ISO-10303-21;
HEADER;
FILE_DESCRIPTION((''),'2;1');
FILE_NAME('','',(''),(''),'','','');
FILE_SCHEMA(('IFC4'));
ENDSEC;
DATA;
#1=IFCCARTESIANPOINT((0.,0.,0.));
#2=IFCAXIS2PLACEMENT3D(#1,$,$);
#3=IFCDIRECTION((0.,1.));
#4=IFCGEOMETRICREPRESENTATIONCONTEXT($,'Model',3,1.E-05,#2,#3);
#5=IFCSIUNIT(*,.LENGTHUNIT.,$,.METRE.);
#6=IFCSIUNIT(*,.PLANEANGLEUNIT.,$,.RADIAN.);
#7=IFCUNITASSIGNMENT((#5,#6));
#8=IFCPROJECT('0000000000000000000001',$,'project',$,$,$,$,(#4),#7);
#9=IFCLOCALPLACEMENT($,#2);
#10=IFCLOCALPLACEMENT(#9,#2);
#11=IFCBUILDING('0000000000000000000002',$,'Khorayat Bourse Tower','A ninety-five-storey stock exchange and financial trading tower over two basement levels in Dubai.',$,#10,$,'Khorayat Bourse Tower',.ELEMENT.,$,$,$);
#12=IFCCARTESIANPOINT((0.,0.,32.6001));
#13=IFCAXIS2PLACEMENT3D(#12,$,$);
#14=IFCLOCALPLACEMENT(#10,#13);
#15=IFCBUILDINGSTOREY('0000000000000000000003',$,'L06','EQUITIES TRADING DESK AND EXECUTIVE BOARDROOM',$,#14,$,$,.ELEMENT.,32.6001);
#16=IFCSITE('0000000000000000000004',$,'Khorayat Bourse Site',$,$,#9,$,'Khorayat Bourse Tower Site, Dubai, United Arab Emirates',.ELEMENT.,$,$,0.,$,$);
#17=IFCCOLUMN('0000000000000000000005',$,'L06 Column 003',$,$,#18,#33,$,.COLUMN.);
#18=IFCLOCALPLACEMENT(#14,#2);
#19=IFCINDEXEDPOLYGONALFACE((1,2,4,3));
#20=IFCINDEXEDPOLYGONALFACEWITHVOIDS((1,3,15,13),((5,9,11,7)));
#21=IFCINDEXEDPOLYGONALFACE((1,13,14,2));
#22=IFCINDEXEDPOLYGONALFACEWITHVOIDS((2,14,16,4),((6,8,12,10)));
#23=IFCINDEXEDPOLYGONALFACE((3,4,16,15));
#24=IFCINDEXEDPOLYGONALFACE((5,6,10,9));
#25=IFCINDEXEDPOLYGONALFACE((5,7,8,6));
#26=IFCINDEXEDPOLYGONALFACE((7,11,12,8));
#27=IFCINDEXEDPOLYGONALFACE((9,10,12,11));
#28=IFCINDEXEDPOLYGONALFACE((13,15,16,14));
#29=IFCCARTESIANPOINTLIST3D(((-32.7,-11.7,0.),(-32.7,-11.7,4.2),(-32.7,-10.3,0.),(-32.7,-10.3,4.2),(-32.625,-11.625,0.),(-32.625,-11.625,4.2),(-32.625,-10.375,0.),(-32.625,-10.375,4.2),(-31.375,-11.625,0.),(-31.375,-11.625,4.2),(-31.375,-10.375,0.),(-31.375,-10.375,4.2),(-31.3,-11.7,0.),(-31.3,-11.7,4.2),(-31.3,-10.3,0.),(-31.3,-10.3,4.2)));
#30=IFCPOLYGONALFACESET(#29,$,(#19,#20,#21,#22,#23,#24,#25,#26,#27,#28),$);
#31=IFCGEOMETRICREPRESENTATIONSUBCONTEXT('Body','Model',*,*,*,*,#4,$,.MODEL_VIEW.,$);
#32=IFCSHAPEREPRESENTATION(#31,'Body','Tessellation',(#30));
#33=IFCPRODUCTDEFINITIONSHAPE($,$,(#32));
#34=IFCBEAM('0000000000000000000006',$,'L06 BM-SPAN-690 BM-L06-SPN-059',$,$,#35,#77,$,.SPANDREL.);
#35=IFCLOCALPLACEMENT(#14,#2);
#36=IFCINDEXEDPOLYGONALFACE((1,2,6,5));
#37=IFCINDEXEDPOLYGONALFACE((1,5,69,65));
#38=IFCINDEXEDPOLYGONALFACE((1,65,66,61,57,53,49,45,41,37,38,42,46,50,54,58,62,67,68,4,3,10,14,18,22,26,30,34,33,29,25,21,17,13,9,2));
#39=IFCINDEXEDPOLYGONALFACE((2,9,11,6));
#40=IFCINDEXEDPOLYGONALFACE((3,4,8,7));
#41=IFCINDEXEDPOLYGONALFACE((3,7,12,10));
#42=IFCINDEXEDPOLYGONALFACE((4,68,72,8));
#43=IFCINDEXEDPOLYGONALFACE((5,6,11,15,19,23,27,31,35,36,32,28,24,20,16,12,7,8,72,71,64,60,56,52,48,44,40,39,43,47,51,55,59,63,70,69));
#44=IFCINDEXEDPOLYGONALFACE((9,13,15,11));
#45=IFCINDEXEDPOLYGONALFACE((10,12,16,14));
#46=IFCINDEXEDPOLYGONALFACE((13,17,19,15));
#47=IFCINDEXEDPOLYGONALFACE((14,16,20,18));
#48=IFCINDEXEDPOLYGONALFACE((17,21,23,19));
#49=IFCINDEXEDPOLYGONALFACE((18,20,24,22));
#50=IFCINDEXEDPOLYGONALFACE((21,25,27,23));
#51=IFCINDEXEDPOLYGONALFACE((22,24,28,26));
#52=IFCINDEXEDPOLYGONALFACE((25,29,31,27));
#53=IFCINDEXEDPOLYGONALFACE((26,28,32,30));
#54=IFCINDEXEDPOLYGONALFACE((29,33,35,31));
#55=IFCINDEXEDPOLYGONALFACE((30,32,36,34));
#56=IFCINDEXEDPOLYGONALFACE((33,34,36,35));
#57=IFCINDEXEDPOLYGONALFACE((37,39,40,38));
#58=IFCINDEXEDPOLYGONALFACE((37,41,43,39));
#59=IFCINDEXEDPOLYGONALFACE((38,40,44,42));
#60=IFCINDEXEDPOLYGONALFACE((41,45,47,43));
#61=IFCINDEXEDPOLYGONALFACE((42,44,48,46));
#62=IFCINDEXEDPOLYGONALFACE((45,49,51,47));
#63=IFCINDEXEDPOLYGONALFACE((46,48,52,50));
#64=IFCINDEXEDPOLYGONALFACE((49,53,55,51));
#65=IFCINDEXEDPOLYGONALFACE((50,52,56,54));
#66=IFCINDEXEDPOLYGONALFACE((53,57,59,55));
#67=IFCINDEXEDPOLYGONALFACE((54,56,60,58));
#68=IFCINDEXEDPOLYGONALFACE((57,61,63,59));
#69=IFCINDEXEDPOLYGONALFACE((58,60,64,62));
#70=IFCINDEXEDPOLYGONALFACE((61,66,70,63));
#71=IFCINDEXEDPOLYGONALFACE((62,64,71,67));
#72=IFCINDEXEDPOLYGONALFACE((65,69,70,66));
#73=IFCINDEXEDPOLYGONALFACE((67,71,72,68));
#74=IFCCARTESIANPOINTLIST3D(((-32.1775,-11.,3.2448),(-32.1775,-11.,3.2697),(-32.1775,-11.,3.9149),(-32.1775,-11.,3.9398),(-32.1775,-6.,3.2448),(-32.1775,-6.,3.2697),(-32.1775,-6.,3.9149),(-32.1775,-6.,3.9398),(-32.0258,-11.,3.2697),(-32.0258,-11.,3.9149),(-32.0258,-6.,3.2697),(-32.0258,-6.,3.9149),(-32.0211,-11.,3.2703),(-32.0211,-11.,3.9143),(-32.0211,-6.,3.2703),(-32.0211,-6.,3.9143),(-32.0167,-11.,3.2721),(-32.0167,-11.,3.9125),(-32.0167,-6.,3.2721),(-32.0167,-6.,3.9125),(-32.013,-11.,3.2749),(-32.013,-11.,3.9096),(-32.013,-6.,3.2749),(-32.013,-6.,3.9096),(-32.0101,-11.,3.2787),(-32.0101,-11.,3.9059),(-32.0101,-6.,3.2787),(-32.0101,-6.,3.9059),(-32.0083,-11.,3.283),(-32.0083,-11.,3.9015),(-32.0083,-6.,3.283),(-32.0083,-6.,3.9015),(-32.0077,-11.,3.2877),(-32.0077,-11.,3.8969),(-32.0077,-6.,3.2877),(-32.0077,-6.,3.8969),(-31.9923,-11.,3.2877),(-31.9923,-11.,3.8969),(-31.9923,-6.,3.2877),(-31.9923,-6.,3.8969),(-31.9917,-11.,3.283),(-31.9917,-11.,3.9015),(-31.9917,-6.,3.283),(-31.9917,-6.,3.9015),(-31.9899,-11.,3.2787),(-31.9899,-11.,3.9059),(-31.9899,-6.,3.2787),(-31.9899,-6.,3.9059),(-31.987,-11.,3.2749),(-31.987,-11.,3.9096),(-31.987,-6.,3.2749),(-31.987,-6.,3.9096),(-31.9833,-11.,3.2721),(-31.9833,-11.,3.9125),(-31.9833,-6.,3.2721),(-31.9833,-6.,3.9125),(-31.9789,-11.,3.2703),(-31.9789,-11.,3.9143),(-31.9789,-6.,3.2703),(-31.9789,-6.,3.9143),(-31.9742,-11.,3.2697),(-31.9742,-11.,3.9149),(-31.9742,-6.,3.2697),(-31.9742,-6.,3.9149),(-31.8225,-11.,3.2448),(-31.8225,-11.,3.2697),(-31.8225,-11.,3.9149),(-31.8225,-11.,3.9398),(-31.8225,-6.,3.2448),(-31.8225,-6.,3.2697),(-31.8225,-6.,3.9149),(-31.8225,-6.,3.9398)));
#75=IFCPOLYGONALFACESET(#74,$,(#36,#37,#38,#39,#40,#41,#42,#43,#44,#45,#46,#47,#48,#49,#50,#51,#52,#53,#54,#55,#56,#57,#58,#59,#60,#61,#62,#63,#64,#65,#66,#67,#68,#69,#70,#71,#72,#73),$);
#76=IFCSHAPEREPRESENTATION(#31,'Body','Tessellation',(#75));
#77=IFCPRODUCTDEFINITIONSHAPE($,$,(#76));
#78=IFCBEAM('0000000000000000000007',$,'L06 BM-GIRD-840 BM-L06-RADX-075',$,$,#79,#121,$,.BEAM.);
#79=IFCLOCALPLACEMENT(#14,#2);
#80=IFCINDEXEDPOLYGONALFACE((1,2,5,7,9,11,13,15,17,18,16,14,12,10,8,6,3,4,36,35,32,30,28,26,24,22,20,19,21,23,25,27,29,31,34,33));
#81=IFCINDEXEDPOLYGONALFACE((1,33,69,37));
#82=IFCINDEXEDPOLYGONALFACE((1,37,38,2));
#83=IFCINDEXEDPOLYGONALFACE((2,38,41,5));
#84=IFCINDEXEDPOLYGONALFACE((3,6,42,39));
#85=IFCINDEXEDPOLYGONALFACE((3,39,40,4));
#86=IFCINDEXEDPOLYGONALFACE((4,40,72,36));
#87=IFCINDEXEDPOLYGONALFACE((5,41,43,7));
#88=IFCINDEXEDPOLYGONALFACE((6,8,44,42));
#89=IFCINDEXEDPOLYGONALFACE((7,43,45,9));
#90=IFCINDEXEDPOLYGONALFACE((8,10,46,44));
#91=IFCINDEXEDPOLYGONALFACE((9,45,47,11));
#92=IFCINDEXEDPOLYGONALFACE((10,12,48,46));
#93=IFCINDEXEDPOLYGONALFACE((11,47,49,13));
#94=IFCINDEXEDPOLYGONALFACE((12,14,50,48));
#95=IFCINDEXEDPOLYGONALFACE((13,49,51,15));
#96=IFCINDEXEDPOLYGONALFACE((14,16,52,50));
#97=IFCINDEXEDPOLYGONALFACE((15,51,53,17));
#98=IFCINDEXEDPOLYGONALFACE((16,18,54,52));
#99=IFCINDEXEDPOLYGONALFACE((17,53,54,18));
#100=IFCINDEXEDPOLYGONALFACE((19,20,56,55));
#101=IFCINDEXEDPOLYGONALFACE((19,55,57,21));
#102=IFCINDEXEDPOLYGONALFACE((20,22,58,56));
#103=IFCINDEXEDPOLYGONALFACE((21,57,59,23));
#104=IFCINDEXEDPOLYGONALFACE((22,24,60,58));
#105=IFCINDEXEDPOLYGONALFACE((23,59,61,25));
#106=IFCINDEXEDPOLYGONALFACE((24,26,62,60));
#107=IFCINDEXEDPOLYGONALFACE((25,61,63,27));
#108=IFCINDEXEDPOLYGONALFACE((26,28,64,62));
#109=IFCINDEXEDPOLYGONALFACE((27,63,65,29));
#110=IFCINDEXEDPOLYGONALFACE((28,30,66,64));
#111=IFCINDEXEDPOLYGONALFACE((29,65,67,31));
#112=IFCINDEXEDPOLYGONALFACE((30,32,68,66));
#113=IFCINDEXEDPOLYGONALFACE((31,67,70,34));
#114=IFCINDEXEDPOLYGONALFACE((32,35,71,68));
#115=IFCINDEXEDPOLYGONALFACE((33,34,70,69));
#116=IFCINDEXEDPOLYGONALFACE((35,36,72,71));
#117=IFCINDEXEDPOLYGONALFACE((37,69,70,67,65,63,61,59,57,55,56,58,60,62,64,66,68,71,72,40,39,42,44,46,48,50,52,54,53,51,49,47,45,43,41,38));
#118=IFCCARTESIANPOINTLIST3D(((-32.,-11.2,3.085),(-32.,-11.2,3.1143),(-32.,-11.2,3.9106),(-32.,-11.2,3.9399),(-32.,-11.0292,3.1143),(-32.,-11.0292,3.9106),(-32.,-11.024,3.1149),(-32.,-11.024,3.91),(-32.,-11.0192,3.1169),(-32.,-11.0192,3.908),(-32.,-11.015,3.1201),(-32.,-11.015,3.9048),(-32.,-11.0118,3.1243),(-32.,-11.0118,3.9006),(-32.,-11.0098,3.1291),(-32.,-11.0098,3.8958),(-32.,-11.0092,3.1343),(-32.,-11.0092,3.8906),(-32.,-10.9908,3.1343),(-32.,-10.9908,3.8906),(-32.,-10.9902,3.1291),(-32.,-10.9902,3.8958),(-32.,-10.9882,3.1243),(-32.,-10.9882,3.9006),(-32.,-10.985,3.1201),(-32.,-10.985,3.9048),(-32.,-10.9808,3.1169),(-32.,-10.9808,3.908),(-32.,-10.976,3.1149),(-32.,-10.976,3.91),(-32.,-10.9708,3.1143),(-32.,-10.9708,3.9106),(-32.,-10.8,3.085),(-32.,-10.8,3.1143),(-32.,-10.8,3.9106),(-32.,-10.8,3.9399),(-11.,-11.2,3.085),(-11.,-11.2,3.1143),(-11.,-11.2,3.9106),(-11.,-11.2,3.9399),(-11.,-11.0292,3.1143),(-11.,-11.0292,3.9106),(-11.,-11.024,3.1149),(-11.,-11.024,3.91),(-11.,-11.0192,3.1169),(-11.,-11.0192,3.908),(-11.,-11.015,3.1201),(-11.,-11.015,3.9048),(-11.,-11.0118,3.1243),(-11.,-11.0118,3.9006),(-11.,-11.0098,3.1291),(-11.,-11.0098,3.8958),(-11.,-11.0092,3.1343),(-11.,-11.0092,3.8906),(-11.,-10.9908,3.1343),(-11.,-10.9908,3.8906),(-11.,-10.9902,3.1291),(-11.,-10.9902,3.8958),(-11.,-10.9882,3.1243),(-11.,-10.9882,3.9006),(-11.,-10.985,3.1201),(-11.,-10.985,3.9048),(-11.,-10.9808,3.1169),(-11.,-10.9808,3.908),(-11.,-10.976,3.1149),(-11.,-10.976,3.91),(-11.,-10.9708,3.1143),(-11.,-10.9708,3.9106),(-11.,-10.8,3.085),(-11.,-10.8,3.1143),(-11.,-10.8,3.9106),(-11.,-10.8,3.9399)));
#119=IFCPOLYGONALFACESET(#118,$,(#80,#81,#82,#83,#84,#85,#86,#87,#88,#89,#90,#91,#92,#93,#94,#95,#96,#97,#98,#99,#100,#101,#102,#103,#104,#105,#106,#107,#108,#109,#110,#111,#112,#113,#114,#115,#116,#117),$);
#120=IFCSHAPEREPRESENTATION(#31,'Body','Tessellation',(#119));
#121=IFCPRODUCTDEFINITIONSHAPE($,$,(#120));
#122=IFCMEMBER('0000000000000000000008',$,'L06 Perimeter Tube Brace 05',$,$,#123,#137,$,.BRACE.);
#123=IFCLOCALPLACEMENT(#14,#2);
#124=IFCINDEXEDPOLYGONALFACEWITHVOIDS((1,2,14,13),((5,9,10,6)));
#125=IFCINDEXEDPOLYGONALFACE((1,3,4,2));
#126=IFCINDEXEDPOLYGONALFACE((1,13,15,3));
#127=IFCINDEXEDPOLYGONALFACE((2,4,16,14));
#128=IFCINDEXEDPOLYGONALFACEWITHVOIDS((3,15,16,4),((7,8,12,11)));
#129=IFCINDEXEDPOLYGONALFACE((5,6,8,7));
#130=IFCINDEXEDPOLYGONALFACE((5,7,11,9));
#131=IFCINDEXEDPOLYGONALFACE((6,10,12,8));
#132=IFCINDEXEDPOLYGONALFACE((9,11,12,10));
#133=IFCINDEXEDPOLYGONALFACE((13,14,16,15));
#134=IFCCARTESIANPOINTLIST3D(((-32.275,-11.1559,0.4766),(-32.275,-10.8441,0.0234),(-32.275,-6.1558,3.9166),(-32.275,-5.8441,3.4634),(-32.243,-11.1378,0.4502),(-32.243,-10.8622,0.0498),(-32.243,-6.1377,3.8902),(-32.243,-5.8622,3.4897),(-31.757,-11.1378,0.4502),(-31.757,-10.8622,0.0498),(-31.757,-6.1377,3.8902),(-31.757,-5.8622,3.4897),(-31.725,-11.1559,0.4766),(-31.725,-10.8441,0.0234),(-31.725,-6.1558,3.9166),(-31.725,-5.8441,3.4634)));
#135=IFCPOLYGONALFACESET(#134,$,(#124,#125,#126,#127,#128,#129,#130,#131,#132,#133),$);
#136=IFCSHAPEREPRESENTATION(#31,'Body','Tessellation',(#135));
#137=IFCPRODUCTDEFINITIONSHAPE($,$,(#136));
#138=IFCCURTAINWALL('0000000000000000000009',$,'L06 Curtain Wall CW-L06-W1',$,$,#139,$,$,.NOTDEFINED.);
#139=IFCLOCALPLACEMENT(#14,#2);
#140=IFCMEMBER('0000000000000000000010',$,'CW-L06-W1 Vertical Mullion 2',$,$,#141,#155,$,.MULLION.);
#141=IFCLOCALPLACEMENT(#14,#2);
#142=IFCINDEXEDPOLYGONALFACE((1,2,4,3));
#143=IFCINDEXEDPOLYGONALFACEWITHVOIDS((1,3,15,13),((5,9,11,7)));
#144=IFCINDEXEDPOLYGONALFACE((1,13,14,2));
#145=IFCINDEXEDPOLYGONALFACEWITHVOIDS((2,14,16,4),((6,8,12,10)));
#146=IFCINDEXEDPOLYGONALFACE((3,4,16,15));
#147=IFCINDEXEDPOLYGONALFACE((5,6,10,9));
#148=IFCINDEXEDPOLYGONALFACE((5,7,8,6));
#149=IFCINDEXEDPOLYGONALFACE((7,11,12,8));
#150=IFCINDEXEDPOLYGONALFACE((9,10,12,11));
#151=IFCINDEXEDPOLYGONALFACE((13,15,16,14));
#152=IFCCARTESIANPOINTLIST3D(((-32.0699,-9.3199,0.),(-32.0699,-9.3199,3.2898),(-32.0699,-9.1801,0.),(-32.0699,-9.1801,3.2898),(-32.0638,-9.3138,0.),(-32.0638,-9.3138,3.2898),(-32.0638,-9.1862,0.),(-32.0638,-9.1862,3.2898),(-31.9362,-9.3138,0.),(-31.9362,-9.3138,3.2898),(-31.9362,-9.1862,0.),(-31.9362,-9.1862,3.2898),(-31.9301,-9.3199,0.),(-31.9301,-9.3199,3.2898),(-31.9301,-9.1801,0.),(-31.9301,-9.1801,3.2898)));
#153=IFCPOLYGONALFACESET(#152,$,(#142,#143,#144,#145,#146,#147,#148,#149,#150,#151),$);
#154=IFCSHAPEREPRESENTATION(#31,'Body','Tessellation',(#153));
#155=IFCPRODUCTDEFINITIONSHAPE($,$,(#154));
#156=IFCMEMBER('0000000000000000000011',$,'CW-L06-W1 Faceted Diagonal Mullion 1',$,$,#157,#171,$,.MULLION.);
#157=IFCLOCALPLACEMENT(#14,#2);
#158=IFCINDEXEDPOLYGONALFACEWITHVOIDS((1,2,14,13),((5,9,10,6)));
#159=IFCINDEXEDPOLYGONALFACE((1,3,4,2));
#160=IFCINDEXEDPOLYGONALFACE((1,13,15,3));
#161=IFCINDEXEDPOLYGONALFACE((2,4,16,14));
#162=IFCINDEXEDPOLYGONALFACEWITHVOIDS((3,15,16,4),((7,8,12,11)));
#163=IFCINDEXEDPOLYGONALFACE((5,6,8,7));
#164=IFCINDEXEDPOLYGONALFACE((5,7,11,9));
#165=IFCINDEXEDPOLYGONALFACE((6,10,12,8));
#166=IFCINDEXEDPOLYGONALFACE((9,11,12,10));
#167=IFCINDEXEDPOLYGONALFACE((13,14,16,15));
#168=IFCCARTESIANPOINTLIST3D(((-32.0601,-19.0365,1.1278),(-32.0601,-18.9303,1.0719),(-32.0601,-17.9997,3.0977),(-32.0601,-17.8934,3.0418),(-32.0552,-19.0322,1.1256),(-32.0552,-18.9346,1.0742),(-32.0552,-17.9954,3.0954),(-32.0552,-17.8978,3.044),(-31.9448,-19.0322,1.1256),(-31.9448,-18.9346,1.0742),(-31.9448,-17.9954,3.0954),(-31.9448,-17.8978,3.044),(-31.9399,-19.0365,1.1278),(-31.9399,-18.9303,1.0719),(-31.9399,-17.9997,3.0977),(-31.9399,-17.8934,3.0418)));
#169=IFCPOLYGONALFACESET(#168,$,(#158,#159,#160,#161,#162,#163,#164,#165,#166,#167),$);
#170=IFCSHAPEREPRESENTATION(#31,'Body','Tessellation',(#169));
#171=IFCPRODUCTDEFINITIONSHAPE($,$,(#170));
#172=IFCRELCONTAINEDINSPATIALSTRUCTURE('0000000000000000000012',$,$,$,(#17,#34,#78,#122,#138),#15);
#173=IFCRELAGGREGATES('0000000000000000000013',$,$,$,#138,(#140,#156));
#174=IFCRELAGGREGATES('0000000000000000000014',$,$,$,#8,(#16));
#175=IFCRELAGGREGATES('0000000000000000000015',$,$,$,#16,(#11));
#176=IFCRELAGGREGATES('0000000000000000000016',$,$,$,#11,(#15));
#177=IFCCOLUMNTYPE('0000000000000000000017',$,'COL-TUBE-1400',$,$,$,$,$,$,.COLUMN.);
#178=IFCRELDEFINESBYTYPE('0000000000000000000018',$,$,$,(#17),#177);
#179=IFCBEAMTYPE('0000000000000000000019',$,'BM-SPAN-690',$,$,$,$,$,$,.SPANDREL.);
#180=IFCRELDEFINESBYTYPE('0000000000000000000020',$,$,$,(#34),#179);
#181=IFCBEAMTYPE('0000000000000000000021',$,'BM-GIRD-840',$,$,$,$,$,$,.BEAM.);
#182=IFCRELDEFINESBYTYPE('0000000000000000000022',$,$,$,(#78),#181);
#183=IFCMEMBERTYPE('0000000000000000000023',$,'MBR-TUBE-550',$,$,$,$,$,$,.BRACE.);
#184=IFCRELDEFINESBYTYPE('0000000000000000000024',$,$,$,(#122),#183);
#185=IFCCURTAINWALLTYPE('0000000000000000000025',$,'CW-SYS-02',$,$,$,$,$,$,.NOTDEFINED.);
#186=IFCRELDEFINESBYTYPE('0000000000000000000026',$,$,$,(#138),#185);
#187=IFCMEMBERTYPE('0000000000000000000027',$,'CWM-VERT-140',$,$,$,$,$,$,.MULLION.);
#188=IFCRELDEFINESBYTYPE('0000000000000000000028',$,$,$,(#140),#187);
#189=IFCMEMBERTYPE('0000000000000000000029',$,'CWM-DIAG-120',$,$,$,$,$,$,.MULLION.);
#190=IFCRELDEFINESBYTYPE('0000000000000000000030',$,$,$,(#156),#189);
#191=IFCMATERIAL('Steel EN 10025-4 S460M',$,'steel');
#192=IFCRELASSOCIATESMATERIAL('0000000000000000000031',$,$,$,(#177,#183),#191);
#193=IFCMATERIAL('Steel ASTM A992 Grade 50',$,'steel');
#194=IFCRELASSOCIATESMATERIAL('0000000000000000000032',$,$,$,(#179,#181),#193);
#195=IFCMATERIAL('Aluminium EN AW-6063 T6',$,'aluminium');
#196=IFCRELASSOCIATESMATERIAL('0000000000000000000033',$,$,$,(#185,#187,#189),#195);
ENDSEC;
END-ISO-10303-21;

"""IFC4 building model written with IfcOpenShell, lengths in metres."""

from ifc_helpers import new_model, si_unit, direction, frame, origin, origin_2d, place, context, subcontext, project, spatial, hollow_rectangle, i_section, extrude, source, transform, mapped, material, material_profile, profile_set, type_object, element, aggregate, save


model = new_model("IFC4")

# Units and contexts
model_context = context("Model", 3, precision=1e-05, world=origin(), true_north=direction((0.0, 1.0)))
body_context = subcontext(model_context, "Body", "Model", "MODEL_VIEW")
ifc_project = project(units=[si_unit("LENGTHUNIT", "METRE"), si_unit("PLANEANGLEUNIT", "RADIAN")], contexts=[model_context])

# Site, building, storey
site_placement = place(None, origin())
site = spatial("IfcSite", under=ifc_project, at=site_placement, Name="Khorayat Bourse Site", LongName="Khorayat Bourse Tower Site, Dubai, United Arab Emirates", CompositionType="ELEMENT", RefElevation=0.0)
building_placement = place(site_placement, origin())
building = spatial("IfcBuilding", under=site, at=building_placement, Name="Khorayat Bourse Tower", Description="A ninety-five-storey stock exchange and financial trading tower over two basement levels in Dubai.", LongName="Khorayat Bourse Tower", CompositionType="ELEMENT")
storey_placement = place(building_placement, frame((0.0, 0.0, 32.6001)))
storey = spatial("IfcBuildingStorey", under=building, at=storey_placement, Name="L06", Description="EQUITIES TRADING DESK AND EXECUTIVE BOARDROOM", CompositionType="ELEMENT", Elevation=32.6001)

# Column
ifc_material_1 = material(Name="Steel EN 10025-4 S460M", Category="steel")
ifc_material_profile_1 = material_profile(ifc_material_1, hollow_rectangle(XDim=1.3999, YDim=1.3999, WallThickness=0.075, at=origin_2d()), Name="BOX 1400x1400x75")
ifc_profile_set_1 = profile_set([ifc_material_profile_1], Name="Steel EN 10025-4 S460M")
column_type = type_object("IfcColumnType", Name="COL-TUBE-1400", PredefinedType="COLUMN", material=ifc_profile_set_1)
shared_shape_1 = source(origin(), body_context, "Body", "SweptSolid", [
    extrude(hollow_rectangle(XDim=1.3999, YDim=1.3999, WallThickness=0.075, at=origin_2d()), origin(), (0.0, 0.0, 1.0), 4.2),
])
column_placement = place(storey_placement, frame((-32.0, -11.0, 0.0), z_axis=(0.0, 0.0, 1.0), x_axis=(1.0, 0.0, 0.0)))
element("IfcColumn", 1, at=column_placement, inside=storey, type_object=column_type, Name="L06 Column 003", PredefinedType="COLUMN", context=body_context, shape_type="MappedRepresentation", body=[
    mapped(shared_shape_1, transform((0.0, 0.0, 0.0), scale=1.0)),
])

# Beams
ifc_material_2 = material(Name="Steel ASTM A992 Grade 50", Category="steel")
ifc_material_profile_2 = material_profile(ifc_material_2, i_section(OverallWidth=0.355, OverallDepth=0.6951, WebThickness=0.0154, FlangeThickness=0.0249, FilletRadius=0.0181, at=origin_2d()), Name="W690X217")
ifc_profile_set_2 = profile_set([ifc_material_profile_2], Name="Steel ASTM A992 Grade 50")
beam_type_1 = type_object("IfcBeamType", Name="BM-SPAN-690", PredefinedType="SPANDREL", material=ifc_profile_set_2)
shared_shape_2 = source(origin(), body_context, "Body", "SweptSolid", [
    extrude(i_section(OverallWidth=0.355, OverallDepth=0.6951, WebThickness=0.0154, FlangeThickness=0.0249, FilletRadius=0.0181, at=origin_2d()), origin(), (0.0, 0.0, 1.0), 5.0),
])
beam_1_placement = place(storey_placement, frame((-32.0, -11.0, 3.5923), z_axis=(0.0, 1.0, 0.0), x_axis=(-1.0, 0.0, 0.0)))
element("IfcBeam", 2, at=beam_1_placement, inside=storey, type_object=beam_type_1, Name="L06 BM-SPAN-690 BM-L06-SPN-059", PredefinedType="SPANDREL", context=body_context, shape_type="MappedRepresentation", body=[
    mapped(shared_shape_2, transform((0.0, 0.0, 0.0), scale=1.0)),
])
ifc_material_profile_3 = material_profile(ifc_material_2, i_section(OverallWidth=0.3999, OverallDepth=0.855, WebThickness=0.0183, FlangeThickness=0.0293, FilletRadius=0.02, at=origin_2d()), Name="W840X299")
ifc_profile_set_3 = profile_set([ifc_material_profile_3], Name="Steel ASTM A992 Grade 50")
beam_type_2 = type_object("IfcBeamType", Name="BM-GIRD-840", PredefinedType="BEAM", material=ifc_profile_set_3)
shared_shape_3 = source(origin(), body_context, "Body", "SweptSolid", [
    extrude(i_section(OverallWidth=0.3999, OverallDepth=0.855, WebThickness=0.0183, FlangeThickness=0.0293, FilletRadius=0.02, at=origin_2d()), origin(), (0.0, 0.0, 1.0), 21.0),
])
beam_2_placement = place(storey_placement, frame((-32.0, -11.0, 3.5125), z_axis=(1.0, 0.0, 0.0), x_axis=(0.0, 1.0, 0.0)))
element("IfcBeam", 3, at=beam_2_placement, inside=storey, type_object=beam_type_2, Name="L06 BM-GIRD-840 BM-L06-RADX-075", PredefinedType="BEAM", context=body_context, shape_type="MappedRepresentation", body=[
    mapped(shared_shape_3, transform((0.0, 0.0, 0.0), scale=1.0)),
])

# Member
ifc_material_profile_4 = material_profile(ifc_material_1, hollow_rectangle(XDim=0.55, YDim=0.55, WallThickness=0.032, at=origin_2d()), Name="HSS 550x550x32")
ifc_profile_set_4 = profile_set([ifc_material_profile_4], Name="Steel EN 10025-4 S460M")
member_type_1 = type_object("IfcMemberType", Name="MBR-TUBE-550", PredefinedType="BRACE", material=ifc_profile_set_4)
shared_shape_4 = source(origin(), body_context, "Body", "SweptSolid", [
    extrude(hollow_rectangle(XDim=0.55, YDim=0.55, WallThickness=0.032, at=origin_2d()), origin(), (0.0, 0.0, 1.0), 6.0691),
])
member_1_placement = place(storey_placement, frame((-32.0, -11.0, 0.25), z_axis=(0.0, 0.823854, 0.566802), x_axis=(-1.0, 0.0, 0.0)))
element("IfcMember", 4, at=member_1_placement, inside=storey, type_object=member_type_1, Name="L06 Perimeter Tube Brace 05", PredefinedType="BRACE", context=body_context, shape_type="MappedRepresentation", body=[
    mapped(shared_shape_4, transform((0.0, 0.0, 0.0), scale=1.0)),
])

# Curtain wall, members
ifc_material_3 = material(Name="Aluminium EN AW-6063 T6", Category="aluminium")
curtain_wall_type = type_object("IfcCurtainWallType", Name="CW-SYS-02", PredefinedType="NOTDEFINED", material=ifc_material_3)
curtain_wall_placement = place(storey_placement, origin())
curtain_wall = element("IfcCurtainWall", 5, at=curtain_wall_placement, inside=storey, type_object=curtain_wall_type, Name="L06 Curtain Wall CW-L06-W1", PredefinedType="NOTDEFINED")
ifc_material_profile_5 = material_profile(ifc_material_3, hollow_rectangle(XDim=0.1399, YDim=0.1399, WallThickness=0.0061, at=origin_2d()), Name="ALU 140x140x6")
ifc_profile_set_5 = profile_set([ifc_material_profile_5], Name="Aluminium EN AW-6063 T6")
member_type_2 = type_object("IfcMemberType", Name="CWM-VERT-140", PredefinedType="MULLION", material=ifc_profile_set_5)
shared_shape_5 = source(origin(), body_context, "Body", "SweptSolid", [
    extrude(hollow_rectangle(XDim=0.1399, YDim=0.1399, WallThickness=0.0061, at=origin_2d()), origin(), (0.0, 0.0, 1.0), 3.2898),
])
member_2_placement = place(storey_placement, frame((-32.0, -9.25, 0.0), z_axis=(0.0, 0.0, 1.0), x_axis=(-1.0, 0.0, 0.0)))
member_2 = element("IfcMember", 6, at=member_2_placement, type_object=member_type_2, Name="CW-L06-W1 Vertical Mullion 2", PredefinedType="MULLION", context=body_context, shape_type="MappedRepresentation", body=[
    mapped(shared_shape_5, transform((0.0, 0.0, 0.0), scale=1.0)),
])
ifc_material_profile_6 = material_profile(ifc_material_3, hollow_rectangle(XDim=0.1201, YDim=0.1201, WallThickness=0.0049, at=origin_2d()), Name="ALU 120x120x5")
ifc_profile_set_6 = profile_set([ifc_material_profile_6], Name="Aluminium EN AW-6063 T6")
member_type_3 = type_object("IfcMemberType", Name="CWM-DIAG-120", PredefinedType="MULLION", material=ifc_profile_set_6)
shared_shape_6 = source(origin(), body_context, "Body", "SweptSolid", [
    extrude(hollow_rectangle(XDim=0.1201, YDim=0.1201, WallThickness=0.0049, at=origin_2d()), origin(), (0.0, 0.0, 1.0), 2.2261),
])
member_3_placement = place(storey_placement, frame((-32.0, -18.9834, 1.0999), z_axis=(0.0, 0.46576, 0.884911), x_axis=(-1.0, 0.0, 0.0)))
member_3 = element("IfcMember", 7, at=member_3_placement, type_object=member_type_3, Name="CW-L06-W1 Faceted Diagonal Mullion 1", PredefinedType="MULLION", context=body_context, shape_type="MappedRepresentation", body=[
    mapped(shared_shape_6, transform((0.0, 0.0, 0.0), scale=1.0)),
])

aggregate(curtain_wall, [member_2, member_3])

save(model, "model.ifc")
